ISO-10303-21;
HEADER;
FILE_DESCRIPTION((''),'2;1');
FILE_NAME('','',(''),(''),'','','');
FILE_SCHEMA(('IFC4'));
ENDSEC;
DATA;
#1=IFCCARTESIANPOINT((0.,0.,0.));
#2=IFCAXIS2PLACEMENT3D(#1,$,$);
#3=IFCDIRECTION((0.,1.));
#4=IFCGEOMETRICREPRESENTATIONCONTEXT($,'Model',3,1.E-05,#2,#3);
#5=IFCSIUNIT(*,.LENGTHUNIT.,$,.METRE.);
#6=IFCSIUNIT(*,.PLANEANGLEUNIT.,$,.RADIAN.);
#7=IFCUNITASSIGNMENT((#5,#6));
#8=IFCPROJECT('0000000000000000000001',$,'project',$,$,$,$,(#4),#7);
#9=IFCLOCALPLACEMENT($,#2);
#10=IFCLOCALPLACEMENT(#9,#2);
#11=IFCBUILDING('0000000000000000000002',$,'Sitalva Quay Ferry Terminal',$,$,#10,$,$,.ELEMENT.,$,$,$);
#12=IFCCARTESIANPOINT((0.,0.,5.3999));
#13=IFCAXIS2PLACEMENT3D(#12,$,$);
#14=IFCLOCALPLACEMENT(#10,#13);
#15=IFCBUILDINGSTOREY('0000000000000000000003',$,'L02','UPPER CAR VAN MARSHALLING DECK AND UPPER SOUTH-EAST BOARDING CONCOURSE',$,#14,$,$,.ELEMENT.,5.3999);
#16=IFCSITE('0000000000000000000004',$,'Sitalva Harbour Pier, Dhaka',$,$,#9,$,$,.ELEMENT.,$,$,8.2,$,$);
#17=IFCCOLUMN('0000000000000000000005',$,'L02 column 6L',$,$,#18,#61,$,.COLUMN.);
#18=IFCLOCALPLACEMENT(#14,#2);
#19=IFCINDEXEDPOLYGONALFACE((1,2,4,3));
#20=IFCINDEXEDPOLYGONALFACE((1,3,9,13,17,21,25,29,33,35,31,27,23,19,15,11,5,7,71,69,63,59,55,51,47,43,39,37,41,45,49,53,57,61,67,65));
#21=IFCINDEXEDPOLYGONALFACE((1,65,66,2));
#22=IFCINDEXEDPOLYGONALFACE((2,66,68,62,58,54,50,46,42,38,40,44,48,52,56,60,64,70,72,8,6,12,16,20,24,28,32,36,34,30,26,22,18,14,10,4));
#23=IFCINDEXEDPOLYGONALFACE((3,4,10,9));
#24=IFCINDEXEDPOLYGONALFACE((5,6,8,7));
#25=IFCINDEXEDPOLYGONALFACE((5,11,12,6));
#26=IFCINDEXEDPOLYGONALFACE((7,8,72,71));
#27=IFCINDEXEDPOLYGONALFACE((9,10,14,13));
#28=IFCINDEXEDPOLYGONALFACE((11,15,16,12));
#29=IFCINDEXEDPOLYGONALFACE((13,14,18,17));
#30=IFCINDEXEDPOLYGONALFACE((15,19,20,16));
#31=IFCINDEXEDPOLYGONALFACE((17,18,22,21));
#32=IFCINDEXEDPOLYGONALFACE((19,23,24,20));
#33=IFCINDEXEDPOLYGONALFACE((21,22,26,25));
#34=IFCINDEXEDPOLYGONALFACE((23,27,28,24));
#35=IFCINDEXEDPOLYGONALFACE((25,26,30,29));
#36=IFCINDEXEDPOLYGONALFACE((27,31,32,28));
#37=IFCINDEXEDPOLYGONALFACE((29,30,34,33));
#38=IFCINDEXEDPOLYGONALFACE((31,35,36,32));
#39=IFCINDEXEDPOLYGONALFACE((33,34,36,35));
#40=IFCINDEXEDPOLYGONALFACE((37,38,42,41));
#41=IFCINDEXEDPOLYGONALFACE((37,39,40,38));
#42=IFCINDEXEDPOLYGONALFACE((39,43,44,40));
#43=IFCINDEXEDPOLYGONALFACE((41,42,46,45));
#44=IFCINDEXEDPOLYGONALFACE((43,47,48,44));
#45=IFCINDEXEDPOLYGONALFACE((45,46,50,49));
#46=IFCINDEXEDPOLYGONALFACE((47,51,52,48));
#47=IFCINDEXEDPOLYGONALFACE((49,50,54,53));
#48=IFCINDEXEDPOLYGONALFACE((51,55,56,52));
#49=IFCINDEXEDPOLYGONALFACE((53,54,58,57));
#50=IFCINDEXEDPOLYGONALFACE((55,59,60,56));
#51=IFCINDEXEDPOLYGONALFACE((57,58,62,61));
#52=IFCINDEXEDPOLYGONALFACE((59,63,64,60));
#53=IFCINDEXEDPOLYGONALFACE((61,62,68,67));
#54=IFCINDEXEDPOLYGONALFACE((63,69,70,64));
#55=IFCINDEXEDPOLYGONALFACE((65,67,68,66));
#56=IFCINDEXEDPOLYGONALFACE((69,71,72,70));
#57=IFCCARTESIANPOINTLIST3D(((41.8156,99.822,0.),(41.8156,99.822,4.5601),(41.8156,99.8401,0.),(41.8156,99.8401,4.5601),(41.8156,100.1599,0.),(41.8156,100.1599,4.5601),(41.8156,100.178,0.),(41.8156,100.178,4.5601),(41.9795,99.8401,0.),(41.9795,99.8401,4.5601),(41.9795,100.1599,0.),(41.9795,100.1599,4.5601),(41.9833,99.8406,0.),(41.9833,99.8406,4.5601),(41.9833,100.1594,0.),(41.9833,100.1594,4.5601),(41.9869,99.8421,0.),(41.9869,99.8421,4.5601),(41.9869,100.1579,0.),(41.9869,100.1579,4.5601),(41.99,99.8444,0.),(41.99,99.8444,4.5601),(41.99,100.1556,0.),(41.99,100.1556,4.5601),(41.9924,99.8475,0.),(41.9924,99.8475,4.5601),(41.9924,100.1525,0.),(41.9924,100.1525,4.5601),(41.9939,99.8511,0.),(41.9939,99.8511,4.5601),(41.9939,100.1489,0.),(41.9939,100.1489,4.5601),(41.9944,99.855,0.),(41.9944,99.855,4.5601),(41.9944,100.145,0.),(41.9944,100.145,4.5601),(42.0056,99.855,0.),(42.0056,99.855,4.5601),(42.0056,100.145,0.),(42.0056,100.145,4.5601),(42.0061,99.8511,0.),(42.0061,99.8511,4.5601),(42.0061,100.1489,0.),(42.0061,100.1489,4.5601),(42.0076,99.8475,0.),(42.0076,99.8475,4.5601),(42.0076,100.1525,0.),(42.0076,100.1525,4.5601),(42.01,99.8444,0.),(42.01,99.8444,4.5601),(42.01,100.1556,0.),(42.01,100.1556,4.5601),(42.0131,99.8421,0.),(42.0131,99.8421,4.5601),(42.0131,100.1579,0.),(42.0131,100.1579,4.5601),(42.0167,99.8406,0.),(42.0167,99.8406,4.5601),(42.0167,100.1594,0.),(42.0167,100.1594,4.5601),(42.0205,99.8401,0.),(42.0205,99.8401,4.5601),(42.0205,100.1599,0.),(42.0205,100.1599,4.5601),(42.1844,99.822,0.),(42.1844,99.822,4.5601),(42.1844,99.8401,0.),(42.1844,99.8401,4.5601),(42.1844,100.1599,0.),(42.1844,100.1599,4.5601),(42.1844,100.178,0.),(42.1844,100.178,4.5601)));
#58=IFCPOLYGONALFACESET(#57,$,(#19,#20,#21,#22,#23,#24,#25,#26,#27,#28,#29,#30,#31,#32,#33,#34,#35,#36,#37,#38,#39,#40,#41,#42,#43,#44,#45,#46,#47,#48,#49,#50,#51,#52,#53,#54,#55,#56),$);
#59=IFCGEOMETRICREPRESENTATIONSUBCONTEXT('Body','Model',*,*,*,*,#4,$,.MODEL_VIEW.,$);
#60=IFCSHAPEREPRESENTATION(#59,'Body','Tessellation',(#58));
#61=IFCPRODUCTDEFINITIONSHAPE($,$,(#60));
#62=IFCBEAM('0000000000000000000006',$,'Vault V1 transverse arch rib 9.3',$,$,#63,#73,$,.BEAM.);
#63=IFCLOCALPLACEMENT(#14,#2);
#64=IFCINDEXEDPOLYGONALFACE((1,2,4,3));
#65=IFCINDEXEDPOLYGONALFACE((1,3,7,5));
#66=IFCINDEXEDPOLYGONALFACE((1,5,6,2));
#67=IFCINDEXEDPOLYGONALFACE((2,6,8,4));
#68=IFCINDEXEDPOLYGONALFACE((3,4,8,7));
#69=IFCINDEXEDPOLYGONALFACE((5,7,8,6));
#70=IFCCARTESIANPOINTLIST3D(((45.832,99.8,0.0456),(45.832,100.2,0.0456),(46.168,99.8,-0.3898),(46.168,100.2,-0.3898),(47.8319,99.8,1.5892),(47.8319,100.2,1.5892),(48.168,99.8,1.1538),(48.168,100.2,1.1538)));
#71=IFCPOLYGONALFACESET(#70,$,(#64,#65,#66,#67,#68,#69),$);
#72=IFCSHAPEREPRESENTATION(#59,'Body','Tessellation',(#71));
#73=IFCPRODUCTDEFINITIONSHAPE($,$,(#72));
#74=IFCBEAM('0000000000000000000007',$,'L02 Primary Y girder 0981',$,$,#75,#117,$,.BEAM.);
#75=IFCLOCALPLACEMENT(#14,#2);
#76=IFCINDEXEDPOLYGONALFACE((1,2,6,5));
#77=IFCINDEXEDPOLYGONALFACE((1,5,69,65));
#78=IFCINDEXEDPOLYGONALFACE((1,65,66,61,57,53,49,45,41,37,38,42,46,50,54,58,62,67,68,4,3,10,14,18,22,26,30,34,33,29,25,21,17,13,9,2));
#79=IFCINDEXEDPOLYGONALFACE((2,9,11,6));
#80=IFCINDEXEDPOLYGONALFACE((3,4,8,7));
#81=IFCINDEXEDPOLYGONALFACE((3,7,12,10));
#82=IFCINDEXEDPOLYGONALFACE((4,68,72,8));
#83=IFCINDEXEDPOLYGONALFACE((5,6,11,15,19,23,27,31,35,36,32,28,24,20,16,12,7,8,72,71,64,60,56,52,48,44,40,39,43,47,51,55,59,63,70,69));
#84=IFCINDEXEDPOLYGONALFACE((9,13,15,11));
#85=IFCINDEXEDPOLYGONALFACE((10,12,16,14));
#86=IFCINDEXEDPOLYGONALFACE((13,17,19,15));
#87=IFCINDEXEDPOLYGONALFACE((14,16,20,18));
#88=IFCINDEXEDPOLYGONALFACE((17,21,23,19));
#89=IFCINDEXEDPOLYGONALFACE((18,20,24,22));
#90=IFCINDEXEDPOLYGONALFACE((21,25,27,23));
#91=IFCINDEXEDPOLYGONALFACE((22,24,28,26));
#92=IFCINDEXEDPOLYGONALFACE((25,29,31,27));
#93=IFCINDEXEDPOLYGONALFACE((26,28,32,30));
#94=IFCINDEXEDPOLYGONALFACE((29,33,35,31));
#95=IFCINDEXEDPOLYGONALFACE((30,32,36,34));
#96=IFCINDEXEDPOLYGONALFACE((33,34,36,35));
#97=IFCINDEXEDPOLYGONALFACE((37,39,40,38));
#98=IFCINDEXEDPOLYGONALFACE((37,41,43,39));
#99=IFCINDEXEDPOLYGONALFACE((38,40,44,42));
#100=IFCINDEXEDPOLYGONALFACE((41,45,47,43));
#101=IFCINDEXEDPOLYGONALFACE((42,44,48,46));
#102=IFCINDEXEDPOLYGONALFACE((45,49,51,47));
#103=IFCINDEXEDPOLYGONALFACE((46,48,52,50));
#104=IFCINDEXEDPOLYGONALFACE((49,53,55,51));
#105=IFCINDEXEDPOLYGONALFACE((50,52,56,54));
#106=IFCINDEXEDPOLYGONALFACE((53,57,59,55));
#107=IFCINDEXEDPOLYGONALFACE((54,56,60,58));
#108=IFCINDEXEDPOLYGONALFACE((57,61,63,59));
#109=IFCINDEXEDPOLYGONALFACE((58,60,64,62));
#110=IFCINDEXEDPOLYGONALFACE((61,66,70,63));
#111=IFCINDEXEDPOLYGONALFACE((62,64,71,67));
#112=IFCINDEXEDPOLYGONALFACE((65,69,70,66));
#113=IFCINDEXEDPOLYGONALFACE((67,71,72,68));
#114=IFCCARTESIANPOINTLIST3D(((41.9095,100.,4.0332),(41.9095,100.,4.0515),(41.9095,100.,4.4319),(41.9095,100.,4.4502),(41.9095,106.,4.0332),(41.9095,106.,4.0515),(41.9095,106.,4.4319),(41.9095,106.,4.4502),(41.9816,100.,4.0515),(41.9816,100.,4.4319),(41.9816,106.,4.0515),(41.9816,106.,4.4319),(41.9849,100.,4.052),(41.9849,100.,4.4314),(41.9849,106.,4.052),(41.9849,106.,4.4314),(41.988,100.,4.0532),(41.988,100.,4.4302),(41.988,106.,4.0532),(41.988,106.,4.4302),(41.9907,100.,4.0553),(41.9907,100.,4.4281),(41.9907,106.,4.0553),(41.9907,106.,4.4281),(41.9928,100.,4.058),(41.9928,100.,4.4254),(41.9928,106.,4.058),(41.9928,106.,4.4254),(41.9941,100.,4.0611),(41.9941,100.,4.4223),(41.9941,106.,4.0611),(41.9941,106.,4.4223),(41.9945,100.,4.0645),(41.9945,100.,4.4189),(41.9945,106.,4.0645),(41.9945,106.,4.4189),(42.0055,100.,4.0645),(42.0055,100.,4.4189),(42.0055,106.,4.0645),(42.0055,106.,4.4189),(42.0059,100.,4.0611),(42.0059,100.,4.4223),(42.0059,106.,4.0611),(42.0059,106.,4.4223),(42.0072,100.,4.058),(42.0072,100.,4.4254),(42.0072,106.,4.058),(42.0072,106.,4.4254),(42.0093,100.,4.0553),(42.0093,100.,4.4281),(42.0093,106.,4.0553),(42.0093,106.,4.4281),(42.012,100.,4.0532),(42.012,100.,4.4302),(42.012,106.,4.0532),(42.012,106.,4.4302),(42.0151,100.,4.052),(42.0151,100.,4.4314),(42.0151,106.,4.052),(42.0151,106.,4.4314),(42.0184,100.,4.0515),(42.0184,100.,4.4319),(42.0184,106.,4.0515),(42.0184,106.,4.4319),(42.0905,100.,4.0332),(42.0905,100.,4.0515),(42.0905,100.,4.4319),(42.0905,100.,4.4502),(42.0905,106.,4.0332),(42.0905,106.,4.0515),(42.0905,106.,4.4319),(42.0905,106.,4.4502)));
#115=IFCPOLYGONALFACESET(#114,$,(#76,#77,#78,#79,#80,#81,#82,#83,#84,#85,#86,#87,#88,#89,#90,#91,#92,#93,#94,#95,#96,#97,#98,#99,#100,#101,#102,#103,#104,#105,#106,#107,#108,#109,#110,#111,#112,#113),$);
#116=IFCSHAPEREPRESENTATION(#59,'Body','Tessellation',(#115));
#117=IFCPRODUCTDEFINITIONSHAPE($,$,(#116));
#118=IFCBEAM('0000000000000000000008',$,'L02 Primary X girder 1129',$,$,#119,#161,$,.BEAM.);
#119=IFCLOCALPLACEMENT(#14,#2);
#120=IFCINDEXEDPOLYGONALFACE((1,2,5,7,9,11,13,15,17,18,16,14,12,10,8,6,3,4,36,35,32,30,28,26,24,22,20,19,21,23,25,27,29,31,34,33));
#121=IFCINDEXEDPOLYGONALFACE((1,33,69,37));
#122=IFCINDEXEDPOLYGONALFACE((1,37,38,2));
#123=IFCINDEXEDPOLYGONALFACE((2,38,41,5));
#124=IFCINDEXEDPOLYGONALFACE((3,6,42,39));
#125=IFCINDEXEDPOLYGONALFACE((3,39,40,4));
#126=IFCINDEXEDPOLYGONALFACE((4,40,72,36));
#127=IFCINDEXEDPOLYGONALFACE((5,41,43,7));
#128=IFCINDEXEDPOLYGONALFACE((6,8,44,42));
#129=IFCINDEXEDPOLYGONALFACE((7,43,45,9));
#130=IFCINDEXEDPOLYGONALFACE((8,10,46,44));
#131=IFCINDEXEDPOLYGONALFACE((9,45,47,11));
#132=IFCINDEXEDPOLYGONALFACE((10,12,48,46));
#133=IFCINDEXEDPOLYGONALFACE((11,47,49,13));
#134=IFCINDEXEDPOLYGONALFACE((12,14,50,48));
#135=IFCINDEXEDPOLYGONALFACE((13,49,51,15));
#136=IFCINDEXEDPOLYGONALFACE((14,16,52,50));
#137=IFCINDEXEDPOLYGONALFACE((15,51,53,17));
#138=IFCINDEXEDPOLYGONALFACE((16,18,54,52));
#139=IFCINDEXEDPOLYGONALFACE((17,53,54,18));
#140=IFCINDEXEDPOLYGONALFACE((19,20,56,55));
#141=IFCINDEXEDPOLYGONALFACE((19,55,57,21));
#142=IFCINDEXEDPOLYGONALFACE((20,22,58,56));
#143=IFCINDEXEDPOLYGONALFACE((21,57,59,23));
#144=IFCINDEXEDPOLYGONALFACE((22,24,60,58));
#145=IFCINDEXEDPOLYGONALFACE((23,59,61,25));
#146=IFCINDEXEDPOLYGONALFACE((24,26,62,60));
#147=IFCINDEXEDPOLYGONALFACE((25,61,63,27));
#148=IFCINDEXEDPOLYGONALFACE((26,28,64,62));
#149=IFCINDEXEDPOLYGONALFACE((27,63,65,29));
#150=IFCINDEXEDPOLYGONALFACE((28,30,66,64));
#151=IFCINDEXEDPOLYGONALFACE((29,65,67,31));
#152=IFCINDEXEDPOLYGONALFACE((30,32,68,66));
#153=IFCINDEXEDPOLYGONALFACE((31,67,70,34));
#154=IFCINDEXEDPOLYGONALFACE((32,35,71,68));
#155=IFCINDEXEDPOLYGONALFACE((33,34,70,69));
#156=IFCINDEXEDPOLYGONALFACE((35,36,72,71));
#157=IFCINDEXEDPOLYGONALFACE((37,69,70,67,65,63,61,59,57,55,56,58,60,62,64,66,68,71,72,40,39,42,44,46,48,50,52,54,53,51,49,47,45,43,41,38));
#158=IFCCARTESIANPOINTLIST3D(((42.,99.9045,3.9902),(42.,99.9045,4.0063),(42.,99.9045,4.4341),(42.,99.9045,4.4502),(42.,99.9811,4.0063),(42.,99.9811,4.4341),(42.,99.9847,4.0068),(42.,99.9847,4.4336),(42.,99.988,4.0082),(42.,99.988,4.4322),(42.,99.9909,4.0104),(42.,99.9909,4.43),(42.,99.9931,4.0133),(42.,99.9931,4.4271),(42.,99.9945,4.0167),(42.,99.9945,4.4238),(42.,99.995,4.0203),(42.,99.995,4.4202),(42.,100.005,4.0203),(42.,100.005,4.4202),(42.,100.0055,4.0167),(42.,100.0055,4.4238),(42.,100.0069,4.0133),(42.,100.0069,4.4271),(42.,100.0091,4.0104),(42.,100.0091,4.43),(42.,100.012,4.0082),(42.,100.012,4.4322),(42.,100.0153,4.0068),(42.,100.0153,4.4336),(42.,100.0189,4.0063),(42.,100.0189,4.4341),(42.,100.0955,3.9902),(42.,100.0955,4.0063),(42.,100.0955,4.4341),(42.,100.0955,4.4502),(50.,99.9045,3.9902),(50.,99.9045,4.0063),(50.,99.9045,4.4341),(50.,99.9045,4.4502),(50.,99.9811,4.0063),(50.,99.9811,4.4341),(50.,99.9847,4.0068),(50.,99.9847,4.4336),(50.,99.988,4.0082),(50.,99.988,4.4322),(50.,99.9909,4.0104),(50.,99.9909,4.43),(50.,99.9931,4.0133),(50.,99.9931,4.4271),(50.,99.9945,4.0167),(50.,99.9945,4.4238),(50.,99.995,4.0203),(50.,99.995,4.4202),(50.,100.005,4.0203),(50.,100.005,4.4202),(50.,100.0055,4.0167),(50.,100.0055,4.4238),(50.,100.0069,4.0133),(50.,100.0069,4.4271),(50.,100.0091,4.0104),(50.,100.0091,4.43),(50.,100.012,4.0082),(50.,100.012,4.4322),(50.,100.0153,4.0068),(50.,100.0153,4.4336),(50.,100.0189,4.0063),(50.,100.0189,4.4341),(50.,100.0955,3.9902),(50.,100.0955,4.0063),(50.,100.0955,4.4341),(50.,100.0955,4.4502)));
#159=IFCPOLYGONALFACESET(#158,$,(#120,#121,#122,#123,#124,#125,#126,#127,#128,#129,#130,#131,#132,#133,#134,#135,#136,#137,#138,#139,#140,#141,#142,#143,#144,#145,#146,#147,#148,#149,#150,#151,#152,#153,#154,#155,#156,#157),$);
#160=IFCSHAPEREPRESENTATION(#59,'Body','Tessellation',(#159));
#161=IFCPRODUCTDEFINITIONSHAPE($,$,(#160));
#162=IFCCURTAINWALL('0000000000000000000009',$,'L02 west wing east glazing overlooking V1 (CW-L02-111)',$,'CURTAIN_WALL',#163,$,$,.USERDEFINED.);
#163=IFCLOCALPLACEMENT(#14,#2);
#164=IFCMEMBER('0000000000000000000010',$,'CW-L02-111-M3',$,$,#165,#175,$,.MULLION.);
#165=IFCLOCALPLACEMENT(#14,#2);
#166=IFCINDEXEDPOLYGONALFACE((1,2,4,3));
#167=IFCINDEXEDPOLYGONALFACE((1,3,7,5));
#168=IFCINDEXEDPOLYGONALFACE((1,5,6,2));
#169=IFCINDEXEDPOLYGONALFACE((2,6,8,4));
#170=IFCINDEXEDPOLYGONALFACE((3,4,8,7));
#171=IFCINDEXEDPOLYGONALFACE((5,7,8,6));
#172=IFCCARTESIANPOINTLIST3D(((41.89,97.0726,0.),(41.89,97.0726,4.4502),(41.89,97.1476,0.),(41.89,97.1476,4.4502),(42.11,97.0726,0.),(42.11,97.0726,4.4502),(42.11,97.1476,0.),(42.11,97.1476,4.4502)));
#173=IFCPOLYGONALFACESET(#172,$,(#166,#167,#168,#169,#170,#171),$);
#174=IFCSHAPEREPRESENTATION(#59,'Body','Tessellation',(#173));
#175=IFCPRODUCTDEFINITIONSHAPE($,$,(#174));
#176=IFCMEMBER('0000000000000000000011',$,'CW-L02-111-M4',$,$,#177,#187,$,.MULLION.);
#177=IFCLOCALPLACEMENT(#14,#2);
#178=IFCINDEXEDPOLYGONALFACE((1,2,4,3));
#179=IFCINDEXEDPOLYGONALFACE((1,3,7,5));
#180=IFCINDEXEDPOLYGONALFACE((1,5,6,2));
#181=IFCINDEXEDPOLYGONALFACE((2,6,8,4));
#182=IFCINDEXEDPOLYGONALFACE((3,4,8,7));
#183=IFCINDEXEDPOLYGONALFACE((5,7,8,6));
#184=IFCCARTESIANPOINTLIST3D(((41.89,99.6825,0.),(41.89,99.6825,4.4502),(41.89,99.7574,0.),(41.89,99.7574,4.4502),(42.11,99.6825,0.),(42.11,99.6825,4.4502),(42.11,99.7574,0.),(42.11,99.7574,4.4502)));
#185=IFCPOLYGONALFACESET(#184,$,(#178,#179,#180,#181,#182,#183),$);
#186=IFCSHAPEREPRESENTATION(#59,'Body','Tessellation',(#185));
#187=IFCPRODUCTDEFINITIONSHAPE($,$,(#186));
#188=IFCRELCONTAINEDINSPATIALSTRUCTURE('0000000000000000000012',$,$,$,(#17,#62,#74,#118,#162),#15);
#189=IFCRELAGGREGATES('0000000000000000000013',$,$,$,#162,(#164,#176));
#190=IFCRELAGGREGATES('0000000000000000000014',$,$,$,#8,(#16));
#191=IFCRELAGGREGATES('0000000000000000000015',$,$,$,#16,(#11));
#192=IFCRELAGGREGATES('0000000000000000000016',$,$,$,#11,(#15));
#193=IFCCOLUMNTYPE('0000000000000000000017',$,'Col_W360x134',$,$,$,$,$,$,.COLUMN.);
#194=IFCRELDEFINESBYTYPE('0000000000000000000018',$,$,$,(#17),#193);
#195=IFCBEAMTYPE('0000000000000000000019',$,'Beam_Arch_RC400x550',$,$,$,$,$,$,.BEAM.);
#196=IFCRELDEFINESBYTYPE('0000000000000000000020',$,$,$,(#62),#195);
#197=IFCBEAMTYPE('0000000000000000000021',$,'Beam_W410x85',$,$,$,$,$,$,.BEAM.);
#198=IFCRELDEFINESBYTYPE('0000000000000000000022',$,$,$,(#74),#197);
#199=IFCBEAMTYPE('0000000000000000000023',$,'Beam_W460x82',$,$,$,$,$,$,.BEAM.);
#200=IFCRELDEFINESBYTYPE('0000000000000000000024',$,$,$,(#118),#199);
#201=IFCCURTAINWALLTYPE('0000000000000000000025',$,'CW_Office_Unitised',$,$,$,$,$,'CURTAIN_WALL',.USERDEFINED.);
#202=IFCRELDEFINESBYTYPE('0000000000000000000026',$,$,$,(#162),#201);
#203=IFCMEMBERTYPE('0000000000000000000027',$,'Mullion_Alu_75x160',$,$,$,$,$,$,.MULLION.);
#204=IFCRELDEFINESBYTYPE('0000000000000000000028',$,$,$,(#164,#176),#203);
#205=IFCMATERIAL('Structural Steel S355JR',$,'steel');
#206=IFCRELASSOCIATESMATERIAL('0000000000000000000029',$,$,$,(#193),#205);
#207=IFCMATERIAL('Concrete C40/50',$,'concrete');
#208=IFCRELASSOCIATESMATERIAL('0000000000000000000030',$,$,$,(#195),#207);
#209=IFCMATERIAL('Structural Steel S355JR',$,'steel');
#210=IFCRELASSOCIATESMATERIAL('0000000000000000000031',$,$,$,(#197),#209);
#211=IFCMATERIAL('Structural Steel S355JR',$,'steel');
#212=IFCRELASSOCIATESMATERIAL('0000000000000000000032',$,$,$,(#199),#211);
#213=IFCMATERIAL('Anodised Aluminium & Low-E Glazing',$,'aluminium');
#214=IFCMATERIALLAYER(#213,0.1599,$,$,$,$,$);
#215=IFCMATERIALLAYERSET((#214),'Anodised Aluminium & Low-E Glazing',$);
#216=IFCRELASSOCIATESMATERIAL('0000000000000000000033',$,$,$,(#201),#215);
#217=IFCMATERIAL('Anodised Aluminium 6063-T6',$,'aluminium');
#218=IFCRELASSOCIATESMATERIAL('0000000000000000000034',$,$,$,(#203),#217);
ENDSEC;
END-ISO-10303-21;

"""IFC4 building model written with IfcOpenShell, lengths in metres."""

from ifc_helpers import new_model, si_unit, direction, frame, origin, origin_2d, place, context, subcontext, project, spatial, rectangle, i_section, extrude, material, layer, layer_set, material_profile, profile_set, type_object, element, aggregate, save


model = new_model("IFC4")

# Units and contexts
model_context = context("Model", 3, precision=1e-05, world=origin(), true_north=direction((0.0, 1.0)))
body_context = subcontext(model_context, "Body", "Model", "MODEL_VIEW")
ifc_project = project(units=[si_unit("LENGTHUNIT", "METRE"), si_unit("PLANEANGLEUNIT", "RADIAN")], contexts=[model_context])

# Site, building, storey
site_placement = place(None, origin())
site = spatial("IfcSite", under=ifc_project, at=site_placement, Name="Sitalva Harbour Pier, Dhaka", CompositionType="ELEMENT", RefElevation=8.2)
building_placement = place(site_placement, origin())
building = spatial("IfcBuilding", under=site, at=building_placement, Name="Sitalva Quay Ferry Terminal", CompositionType="ELEMENT")
storey_placement = place(building_placement, frame((0.0, 0.0, 5.3999)))
storey = spatial("IfcBuildingStorey", under=building, at=storey_placement, Name="L02", Description="UPPER CAR VAN MARSHALLING DECK AND UPPER SOUTH-EAST BOARDING CONCOURSE", CompositionType="ELEMENT", Elevation=5.3999)

# Column
ifc_material_1 = material(Name="Structural Steel S355JR", Category="steel")
ifc_material_profile_1 = material_profile(ifc_material_1, i_section(OverallWidth=0.3689, OverallDepth=0.356, WebThickness=0.0112, FlangeThickness=0.0181, FilletRadius=0.0149, at=origin_2d()), Name="W360x134")
ifc_profile_set_1 = profile_set([ifc_material_profile_1], Name="Structural Steel S355JR")
column_type = type_object("IfcColumnType", Name="Col_W360x134", PredefinedType="COLUMN", material=ifc_profile_set_1)
column_placement = place(storey_placement, frame((42.0, 100.0, 0.0), z_axis=(0.0, 0.0, 1.0), x_axis=(1.0, 0.0, 0.0)))
element("IfcColumn", 1, at=column_placement, inside=storey, type_object=column_type, Name="L02 column 6L", PredefinedType="COLUMN", context=body_context, shape_type="SweptSolid", body=[
    extrude(i_section(OverallWidth=0.3689, OverallDepth=0.356, WebThickness=0.0112, FlangeThickness=0.0181, FilletRadius=0.0149, at=origin_2d()), origin(), (0.0, 0.0, 1.0), 4.5601),
])

# Beams
ifc_material_2 = material(Name="Concrete C40/50", Category="concrete")
ifc_material_profile_2 = material_profile(ifc_material_2, rectangle(XDim=0.3999, YDim=0.55, at=origin_2d()), Name="RC400x550")
ifc_profile_set_2 = profile_set([ifc_material_profile_2], Name="Concrete C40/50")
beam_type_1 = type_object("IfcBeamType", Name="Beam_Arch_RC400x550", PredefinedType="BEAM", material=ifc_profile_set_2)
beam_1_placement = place(storey_placement, frame((46.0, 100.0, -0.1721), z_axis=(0.791621, 0.0, 0.611013), x_axis=(0.0, 1.0, 0.0)))
element("IfcBeam", 2, at=beam_1_placement, inside=storey, type_object=beam_type_1, Name="Vault V1 transverse arch rib 9.3", PredefinedType="BEAM", context=body_context, shape_type="SweptSolid", body=[
    extrude(rectangle(XDim=0.3999, YDim=0.55, at=origin_2d()), origin(), (0.0, 0.0, 1.0), 2.5264),
])
ifc_material_3 = material(Name="Structural Steel S355JR", Category="steel")
ifc_material_profile_3 = material_profile(ifc_material_3, i_section(OverallWidth=0.1809, OverallDepth=0.417, WebThickness=0.011, FlangeThickness=0.0183, FilletRadius=0.0129, at=origin_2d()), Name="W410x85")
ifc_profile_set_3 = profile_set([ifc_material_profile_3], Name="Structural Steel S355JR")
beam_type_2 = type_object("IfcBeamType", Name="Beam_W410x85", PredefinedType="BEAM", material=ifc_profile_set_3)
beam_2_placement = place(storey_placement, frame((42.0, 100.0, 4.2417), z_axis=(0.0, 1.0, 0.0), x_axis=(-1.0, 0.0, 0.0)))
element("IfcBeam", 3, at=beam_2_placement, inside=storey, type_object=beam_type_2, Name="L02 Primary Y girder 0981", PredefinedType="BEAM", context=body_context, shape_type="SweptSolid", body=[
    extrude(i_section(OverallWidth=0.1809, OverallDepth=0.417, WebThickness=0.011, FlangeThickness=0.0183, FilletRadius=0.0129, at=origin_2d()), origin(), (0.0, 0.0, 1.0), 6.0),
])
ifc_material_4 = material(Name="Structural Steel S355JR", Category="steel")
ifc_material_profile_4 = material_profile(ifc_material_4, i_section(OverallWidth=0.1909, OverallDepth=0.46, WebThickness=0.01, FlangeThickness=0.0161, FilletRadius=0.0139, at=origin_2d()), Name="W460x82")
ifc_profile_set_4 = profile_set([ifc_material_profile_4], Name="Structural Steel S355JR")
beam_type_3 = type_object("IfcBeamType", Name="Beam_W460x82", PredefinedType="BEAM", material=ifc_profile_set_4)
beam_3_placement = place(storey_placement, frame((42.0, 100.0, 4.2202), z_axis=(1.0, 0.0, 0.0), x_axis=(0.0, 1.0, 0.0)))
element("IfcBeam", 4, at=beam_3_placement, inside=storey, type_object=beam_type_3, Name="L02 Primary X girder 1129", PredefinedType="BEAM", context=body_context, shape_type="SweptSolid", body=[
    extrude(i_section(OverallWidth=0.1909, OverallDepth=0.46, WebThickness=0.01, FlangeThickness=0.0161, FilletRadius=0.0139, at=origin_2d()), origin(), (0.0, 0.0, 1.0), 8.0),
])

# Curtain wall, members
ifc_material_5 = material(Name="Anodised Aluminium & Low-E Glazing", Category="aluminium")
ifc_layer_1 = layer(ifc_material_5, 0.1599)
ifc_layer_set_1 = layer_set([ifc_layer_1], Name="Anodised Aluminium & Low-E Glazing")
curtain_wall_type = type_object("IfcCurtainWallType", Name="CW_Office_Unitised", ElementType="CURTAIN_WALL", PredefinedType="USERDEFINED", material=ifc_layer_set_1)
curtain_wall_1_placement = place(storey_placement, origin())
curtain_wall_1 = element("IfcCurtainWall", 5, at=curtain_wall_1_placement, inside=storey, type_object=curtain_wall_type, Name="L02 west wing east glazing overlooking V1 (CW-L02-111)", ObjectType="CURTAIN_WALL", PredefinedType="USERDEFINED")
ifc_material_6 = material(Name="Anodised Aluminium 6063-T6", Category="aluminium")
ifc_material_profile_5 = material_profile(ifc_material_6, rectangle(XDim=0.075, YDim=0.22, at=origin_2d()), Name="ALU75x220")
ifc_profile_set_5 = profile_set([ifc_material_profile_5], Name="Anodised Aluminium 6063-T6")
member_type_1 = type_object("IfcMemberType", Name="Mullion_Alu_75x160", PredefinedType="MULLION", material=ifc_profile_set_5)
member_1_placement = place(storey_placement, frame((42.0, 97.1101, 0.0), z_axis=(0.0, 0.0, 1.0), x_axis=(0.0, 1.0, 0.0)))
member_1 = element("IfcMember", 6, at=member_1_placement, type_object=member_type_1, Name="CW-L02-111-M3", PredefinedType="MULLION", context=body_context, shape_type="SweptSolid", body=[
    extrude(rectangle(XDim=0.075, YDim=0.22, at=origin_2d()), origin(), (0.0, 0.0, 1.0), 4.4502),
])
member_2_placement = place(storey_placement, frame((42.0, 99.72, 0.0), z_axis=(0.0, 0.0, 1.0), x_axis=(0.0, 1.0, 0.0)))
member_2 = element("IfcMember", 7, at=member_2_placement, type_object=member_type_1, Name="CW-L02-111-M4", PredefinedType="MULLION", context=body_context, shape_type="SweptSolid", body=[
    extrude(rectangle(XDim=0.075, YDim=0.22, at=origin_2d()), origin(), (0.0, 0.0, 1.0), 4.4502),
])

aggregate(curtain_wall_1, [member_1, member_2])

save(model, "model.ifc")
